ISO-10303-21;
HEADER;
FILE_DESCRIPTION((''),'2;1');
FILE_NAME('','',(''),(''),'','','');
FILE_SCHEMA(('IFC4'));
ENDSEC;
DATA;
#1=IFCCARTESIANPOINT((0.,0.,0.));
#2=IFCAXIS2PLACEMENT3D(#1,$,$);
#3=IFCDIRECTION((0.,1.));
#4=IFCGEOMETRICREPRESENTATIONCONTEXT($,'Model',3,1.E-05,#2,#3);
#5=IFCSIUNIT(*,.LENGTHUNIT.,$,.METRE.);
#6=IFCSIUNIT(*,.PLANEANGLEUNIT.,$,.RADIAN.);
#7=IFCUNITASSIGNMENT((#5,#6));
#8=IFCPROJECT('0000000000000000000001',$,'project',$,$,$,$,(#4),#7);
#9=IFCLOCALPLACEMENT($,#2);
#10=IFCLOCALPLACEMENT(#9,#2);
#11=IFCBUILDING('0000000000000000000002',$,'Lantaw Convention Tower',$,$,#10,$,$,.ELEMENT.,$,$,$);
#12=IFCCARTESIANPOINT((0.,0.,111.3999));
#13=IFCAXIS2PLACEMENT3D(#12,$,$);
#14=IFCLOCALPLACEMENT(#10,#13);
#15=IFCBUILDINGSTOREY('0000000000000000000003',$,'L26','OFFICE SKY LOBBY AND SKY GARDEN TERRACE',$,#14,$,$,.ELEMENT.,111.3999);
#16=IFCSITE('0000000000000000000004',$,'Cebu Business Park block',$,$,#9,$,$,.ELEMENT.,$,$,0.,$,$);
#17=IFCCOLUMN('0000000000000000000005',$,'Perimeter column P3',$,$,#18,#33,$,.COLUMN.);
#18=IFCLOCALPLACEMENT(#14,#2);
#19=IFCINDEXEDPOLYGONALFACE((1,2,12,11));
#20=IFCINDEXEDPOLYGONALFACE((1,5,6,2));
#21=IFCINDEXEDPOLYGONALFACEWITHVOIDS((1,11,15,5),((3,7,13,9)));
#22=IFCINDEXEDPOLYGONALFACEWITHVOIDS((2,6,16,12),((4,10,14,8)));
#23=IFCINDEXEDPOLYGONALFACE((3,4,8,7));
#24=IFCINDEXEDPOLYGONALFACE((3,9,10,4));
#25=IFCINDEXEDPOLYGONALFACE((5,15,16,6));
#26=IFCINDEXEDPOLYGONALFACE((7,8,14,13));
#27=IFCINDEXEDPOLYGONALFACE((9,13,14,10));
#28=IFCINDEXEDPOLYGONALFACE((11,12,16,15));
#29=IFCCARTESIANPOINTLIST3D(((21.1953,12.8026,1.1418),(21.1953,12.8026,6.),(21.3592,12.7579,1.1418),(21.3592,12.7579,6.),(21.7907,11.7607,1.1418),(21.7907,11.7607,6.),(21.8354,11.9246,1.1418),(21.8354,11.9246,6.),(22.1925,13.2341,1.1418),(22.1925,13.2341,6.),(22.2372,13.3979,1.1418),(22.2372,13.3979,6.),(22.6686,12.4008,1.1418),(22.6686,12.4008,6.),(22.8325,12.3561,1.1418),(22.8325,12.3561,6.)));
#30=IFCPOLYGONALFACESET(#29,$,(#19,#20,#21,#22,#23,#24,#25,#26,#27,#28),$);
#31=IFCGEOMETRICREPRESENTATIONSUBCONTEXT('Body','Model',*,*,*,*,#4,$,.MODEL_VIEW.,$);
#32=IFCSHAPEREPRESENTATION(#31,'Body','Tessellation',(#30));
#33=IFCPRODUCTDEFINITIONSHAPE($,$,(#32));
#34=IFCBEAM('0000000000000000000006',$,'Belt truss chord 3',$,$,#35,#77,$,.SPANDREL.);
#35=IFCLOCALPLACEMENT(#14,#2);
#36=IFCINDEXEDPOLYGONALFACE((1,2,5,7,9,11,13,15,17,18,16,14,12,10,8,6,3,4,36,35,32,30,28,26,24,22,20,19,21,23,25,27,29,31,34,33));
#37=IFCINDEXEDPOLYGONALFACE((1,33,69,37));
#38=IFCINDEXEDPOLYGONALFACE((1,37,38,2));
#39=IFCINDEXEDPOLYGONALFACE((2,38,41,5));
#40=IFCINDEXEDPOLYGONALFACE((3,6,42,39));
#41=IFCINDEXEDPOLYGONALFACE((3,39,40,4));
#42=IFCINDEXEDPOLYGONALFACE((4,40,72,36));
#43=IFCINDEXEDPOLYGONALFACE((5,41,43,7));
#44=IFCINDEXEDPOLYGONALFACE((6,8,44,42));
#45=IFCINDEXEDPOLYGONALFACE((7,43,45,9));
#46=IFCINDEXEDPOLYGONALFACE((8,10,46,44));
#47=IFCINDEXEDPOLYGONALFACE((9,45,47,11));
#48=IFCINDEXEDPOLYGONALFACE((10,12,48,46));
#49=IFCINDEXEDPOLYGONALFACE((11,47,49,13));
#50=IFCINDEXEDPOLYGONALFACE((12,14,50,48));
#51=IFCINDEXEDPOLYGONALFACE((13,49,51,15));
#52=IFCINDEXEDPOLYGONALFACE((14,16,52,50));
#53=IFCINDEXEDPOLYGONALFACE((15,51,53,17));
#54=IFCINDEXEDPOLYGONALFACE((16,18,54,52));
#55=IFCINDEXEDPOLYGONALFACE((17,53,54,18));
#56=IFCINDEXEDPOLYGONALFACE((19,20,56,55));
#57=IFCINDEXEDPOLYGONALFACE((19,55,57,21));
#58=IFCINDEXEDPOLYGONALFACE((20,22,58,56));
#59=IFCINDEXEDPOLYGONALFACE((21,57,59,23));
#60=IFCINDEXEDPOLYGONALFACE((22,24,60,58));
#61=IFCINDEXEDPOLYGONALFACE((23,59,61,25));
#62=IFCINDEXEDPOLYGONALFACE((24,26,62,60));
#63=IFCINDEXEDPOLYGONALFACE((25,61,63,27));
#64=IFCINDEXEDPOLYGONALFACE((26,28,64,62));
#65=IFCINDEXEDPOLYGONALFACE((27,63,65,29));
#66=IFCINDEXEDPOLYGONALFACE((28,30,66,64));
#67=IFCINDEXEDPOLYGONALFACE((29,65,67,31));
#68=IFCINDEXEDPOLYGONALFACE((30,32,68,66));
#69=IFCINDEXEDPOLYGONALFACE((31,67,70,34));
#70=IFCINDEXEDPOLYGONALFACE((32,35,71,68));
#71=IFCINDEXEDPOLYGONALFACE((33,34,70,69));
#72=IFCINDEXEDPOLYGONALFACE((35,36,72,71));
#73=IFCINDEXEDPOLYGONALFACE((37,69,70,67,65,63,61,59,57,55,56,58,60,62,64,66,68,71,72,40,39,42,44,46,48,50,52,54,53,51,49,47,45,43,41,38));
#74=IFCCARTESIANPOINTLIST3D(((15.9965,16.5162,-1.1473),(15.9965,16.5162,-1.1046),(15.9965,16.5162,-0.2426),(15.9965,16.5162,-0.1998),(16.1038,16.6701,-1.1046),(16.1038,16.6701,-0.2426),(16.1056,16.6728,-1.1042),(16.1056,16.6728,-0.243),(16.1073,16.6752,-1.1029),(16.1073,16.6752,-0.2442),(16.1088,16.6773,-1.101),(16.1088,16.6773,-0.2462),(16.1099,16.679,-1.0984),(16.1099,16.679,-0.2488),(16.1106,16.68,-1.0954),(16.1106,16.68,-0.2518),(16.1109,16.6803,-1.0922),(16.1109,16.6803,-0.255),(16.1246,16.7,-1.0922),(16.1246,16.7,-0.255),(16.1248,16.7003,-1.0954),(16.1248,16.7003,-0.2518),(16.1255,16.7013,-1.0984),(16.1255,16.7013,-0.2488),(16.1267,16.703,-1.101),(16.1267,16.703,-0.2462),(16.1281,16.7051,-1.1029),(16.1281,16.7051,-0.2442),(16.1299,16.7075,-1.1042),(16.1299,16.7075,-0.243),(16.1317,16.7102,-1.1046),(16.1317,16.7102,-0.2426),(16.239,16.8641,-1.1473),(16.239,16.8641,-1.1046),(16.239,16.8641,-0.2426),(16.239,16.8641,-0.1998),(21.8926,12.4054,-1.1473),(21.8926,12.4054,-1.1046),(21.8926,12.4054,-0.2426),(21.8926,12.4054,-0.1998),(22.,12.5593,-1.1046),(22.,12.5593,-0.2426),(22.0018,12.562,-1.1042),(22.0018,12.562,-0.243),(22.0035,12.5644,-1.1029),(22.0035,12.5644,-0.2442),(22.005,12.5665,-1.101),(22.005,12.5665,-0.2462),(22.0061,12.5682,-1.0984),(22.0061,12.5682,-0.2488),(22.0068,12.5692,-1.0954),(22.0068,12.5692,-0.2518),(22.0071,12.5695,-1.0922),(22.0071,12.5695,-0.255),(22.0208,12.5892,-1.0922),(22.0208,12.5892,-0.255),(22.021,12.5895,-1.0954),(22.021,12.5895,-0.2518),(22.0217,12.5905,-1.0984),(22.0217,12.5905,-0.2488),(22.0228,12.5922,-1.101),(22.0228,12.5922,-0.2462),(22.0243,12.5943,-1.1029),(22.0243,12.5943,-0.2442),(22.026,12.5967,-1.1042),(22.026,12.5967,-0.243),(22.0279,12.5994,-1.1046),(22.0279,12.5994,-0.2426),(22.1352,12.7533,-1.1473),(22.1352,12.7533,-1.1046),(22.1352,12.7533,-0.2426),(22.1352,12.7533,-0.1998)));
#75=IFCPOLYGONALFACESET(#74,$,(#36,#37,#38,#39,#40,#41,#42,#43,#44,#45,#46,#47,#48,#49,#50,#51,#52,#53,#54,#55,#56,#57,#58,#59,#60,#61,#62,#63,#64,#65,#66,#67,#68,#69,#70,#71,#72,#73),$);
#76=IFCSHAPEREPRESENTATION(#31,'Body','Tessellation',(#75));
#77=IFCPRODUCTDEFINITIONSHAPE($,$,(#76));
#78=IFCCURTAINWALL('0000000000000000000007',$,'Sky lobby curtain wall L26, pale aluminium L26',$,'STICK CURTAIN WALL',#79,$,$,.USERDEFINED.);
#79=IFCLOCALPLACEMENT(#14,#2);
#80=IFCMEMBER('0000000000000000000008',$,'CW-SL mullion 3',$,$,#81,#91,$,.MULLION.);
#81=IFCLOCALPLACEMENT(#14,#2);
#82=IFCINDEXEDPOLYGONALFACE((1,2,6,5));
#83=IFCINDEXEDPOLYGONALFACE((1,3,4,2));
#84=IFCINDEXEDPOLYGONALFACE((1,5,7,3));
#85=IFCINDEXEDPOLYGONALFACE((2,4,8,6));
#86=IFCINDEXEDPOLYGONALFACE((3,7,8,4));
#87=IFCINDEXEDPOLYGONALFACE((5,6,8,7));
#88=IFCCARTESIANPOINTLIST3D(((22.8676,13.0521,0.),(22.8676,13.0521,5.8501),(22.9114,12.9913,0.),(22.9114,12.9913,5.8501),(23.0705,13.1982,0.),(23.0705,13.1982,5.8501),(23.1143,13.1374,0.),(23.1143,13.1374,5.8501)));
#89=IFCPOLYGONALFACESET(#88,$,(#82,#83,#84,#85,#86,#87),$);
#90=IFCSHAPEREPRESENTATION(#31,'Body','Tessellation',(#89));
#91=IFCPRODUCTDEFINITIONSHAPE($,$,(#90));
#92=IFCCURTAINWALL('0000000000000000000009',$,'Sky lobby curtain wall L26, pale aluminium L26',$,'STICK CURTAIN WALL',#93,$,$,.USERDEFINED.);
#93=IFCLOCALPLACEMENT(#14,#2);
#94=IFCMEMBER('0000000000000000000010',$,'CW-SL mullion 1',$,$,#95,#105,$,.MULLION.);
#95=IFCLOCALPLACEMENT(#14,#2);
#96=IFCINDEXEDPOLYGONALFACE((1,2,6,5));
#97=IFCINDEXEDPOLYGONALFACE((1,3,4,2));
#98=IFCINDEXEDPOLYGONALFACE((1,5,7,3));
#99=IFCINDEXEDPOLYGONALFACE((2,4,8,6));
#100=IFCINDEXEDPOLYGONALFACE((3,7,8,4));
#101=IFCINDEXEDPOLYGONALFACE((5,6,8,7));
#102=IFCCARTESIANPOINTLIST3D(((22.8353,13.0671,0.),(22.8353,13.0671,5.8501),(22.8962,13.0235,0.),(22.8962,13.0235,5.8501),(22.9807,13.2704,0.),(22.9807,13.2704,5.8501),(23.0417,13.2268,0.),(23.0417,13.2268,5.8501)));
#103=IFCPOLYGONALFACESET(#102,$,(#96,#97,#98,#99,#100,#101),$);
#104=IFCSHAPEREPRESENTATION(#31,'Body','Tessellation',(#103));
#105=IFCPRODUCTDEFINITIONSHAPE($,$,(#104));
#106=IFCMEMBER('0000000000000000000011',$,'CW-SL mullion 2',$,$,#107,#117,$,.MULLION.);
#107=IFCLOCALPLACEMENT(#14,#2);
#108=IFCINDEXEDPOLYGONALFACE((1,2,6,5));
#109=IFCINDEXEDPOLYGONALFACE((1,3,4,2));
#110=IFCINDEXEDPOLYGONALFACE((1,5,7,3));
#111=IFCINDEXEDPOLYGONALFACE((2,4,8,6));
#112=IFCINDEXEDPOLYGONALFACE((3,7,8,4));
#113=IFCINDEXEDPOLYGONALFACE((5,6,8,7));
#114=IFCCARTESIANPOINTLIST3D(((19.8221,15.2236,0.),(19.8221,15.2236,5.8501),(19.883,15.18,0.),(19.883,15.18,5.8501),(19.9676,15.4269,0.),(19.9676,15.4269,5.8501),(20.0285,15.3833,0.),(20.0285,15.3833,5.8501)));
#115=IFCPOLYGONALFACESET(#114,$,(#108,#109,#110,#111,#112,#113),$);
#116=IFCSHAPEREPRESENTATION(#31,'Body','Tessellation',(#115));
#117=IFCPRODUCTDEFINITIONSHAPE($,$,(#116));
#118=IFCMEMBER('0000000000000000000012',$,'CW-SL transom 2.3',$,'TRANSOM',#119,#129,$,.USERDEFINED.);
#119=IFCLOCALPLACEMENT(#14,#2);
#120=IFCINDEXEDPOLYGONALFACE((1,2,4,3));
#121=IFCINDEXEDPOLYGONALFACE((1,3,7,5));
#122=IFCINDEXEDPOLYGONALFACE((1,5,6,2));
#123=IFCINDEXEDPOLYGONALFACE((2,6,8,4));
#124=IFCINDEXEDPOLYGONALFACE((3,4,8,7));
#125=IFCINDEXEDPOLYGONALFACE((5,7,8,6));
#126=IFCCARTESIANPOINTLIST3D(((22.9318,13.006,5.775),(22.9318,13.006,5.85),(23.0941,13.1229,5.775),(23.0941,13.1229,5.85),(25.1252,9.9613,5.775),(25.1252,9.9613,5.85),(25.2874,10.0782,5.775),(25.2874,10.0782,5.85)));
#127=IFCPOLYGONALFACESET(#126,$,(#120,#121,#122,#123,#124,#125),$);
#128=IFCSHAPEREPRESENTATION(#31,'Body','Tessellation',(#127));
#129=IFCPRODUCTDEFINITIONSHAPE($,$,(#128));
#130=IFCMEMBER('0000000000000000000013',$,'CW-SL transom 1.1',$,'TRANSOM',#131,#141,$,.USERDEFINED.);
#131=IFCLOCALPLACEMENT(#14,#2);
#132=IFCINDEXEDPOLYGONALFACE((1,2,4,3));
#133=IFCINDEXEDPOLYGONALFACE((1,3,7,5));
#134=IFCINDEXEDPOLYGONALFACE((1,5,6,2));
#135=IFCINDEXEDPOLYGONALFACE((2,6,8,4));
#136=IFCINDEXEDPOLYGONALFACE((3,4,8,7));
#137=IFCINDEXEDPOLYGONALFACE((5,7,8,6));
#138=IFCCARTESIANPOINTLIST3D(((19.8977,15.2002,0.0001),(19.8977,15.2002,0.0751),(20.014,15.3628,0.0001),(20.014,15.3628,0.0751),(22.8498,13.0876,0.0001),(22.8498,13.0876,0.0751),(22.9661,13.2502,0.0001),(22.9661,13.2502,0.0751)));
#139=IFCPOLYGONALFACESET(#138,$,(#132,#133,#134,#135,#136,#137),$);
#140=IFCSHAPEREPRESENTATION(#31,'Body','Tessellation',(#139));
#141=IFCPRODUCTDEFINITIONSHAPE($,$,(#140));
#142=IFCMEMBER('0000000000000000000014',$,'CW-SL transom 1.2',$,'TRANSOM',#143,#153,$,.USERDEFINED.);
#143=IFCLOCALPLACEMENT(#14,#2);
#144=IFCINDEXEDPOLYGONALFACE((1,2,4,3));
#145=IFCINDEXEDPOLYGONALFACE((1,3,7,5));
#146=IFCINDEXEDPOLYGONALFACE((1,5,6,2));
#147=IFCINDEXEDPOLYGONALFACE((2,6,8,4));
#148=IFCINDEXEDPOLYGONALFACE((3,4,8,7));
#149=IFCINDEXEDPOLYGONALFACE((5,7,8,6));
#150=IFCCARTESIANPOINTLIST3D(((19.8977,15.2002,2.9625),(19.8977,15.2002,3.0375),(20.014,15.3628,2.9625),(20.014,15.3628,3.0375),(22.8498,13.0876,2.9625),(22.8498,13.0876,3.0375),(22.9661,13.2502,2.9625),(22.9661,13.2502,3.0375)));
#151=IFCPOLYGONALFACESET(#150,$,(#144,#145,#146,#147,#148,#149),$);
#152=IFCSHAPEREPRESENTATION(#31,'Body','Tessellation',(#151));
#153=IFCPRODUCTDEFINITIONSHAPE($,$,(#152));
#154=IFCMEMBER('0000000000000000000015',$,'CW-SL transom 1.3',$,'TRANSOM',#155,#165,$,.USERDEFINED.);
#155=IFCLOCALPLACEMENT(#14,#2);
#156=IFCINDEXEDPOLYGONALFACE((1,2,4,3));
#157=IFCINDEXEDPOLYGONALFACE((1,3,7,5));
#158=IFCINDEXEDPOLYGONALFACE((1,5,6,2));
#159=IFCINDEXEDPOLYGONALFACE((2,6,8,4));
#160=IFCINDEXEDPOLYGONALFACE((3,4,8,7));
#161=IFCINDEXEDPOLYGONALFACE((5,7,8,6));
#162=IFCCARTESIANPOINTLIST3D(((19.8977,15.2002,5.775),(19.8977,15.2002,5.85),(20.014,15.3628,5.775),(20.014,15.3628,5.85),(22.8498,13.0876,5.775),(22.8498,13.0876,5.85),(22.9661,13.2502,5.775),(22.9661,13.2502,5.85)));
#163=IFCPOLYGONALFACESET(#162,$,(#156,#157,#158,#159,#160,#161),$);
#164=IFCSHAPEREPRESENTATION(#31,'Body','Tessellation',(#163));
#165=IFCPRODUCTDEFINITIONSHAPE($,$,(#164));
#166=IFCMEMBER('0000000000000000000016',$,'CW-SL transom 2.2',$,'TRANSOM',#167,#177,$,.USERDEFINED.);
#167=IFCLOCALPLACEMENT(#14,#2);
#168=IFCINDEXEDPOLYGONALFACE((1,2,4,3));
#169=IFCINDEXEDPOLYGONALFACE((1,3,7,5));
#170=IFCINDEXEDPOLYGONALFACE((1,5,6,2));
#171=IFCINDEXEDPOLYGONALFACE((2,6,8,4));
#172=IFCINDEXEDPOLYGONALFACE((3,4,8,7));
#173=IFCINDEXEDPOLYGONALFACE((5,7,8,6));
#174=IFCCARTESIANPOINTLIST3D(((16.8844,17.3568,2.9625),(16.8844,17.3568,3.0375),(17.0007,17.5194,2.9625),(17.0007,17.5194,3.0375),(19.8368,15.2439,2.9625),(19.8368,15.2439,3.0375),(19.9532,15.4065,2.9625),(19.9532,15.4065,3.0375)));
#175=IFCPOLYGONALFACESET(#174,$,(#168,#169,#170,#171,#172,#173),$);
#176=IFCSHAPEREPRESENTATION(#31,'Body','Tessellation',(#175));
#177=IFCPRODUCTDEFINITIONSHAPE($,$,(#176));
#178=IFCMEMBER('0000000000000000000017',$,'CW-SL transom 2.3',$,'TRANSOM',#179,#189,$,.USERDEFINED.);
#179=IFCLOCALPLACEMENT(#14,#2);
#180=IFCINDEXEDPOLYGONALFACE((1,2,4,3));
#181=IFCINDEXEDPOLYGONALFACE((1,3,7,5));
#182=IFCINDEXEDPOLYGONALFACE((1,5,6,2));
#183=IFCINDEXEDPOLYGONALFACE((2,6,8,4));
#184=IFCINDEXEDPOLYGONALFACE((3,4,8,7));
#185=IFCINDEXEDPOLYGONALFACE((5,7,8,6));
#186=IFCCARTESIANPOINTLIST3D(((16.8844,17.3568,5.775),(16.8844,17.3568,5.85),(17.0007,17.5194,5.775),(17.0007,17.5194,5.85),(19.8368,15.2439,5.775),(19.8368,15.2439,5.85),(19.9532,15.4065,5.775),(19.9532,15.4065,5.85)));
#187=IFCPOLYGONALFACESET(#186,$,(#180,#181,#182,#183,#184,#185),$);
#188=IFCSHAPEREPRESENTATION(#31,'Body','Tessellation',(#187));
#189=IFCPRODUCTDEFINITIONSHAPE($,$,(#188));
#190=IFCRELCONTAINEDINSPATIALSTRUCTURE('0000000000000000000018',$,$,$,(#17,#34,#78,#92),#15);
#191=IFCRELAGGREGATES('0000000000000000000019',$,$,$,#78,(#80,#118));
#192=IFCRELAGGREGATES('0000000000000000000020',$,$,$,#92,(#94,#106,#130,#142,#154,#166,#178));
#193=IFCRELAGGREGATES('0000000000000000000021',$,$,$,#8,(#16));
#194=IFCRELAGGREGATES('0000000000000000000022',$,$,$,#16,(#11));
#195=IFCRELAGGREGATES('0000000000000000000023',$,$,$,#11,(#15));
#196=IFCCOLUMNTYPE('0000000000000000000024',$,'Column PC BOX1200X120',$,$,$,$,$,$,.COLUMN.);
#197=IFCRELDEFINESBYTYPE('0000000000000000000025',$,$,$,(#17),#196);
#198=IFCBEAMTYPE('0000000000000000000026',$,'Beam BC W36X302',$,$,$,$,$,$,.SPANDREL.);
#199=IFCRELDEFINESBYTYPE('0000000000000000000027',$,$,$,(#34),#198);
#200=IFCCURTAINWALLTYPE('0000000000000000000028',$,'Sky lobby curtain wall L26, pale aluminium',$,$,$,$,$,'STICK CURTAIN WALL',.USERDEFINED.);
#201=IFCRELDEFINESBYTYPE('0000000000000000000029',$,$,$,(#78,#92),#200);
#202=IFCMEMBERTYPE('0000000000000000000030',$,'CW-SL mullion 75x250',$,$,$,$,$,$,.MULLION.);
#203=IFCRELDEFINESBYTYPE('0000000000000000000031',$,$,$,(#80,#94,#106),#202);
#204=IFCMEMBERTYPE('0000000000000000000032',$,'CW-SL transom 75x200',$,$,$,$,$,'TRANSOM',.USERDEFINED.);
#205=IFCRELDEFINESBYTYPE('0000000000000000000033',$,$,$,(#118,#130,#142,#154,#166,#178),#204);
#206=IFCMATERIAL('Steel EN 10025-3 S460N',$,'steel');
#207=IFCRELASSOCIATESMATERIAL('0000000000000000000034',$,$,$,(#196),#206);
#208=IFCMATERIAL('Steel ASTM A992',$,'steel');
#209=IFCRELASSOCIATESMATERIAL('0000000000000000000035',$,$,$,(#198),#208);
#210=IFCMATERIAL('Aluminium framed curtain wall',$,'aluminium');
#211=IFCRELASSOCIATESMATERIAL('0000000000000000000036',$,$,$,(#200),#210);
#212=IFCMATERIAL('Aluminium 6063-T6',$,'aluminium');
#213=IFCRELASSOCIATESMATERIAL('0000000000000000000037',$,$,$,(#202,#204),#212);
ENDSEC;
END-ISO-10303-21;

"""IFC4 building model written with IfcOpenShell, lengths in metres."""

from ifc_helpers import new_model, si_unit, direction, frame, origin, origin_2d, place, context, subcontext, project, spatial, rectangle, hollow_rectangle, i_section, extrude, material, material_profile, profile_set, type_object, element, aggregate, save


model = new_model("IFC4")

# Units and contexts
model_context = context("Model", 3, precision=1e-05, world=origin(), true_north=direction((0.0, 1.0)))
body_context = subcontext(model_context, "Body", "Model", "MODEL_VIEW")
ifc_project = project(units=[si_unit("LENGTHUNIT", "METRE"), si_unit("PLANEANGLEUNIT", "RADIAN")], contexts=[model_context])

# Site, building, storey
site_placement = place(None, origin())
site = spatial("IfcSite", under=ifc_project, at=site_placement, Name="Cebu Business Park block", CompositionType="ELEMENT", RefElevation=0.0)
building_placement = place(site_placement, origin())
building = spatial("IfcBuilding", under=site, at=building_placement, Name="Lantaw Convention Tower", CompositionType="ELEMENT")
storey_placement = place(building_placement, frame((0.0, 0.0, 111.3999)))
storey = spatial("IfcBuildingStorey", under=building, at=storey_placement, Name="L26", Description="OFFICE SKY LOBBY AND SKY GARDEN TERRACE", CompositionType="ELEMENT", Elevation=111.3999)

# Column
ifc_material_1 = material(Name="Steel EN 10025-3 S460N", Category="steel")
ifc_material_profile_1 = material_profile(ifc_material_1, hollow_rectangle(XDim=1.2, YDim=1.2, WallThickness=0.1201, at=origin_2d()), Name="BOX1200X120")
ifc_material_2 = material(Name="Concrete C60/75", Category="concrete")
ifc_material_profile_2 = material_profile(ifc_material_2, rectangle(XDim=0.96, YDim=0.96, at=origin_2d()), Name="Concrete fill of BOX1200X120")
ifc_profile_set_1 = profile_set([ifc_material_profile_1, ifc_material_profile_2], Name="Steel EN 10025-3 S460N")
column_type = type_object("IfcColumnType", Name="Column PC BOX1200X120", PredefinedType="COLUMN", material=ifc_profile_set_1)
column_placement = place(storey_placement, frame((22.0139, 12.5793, 1.1418), z_axis=(0.0, 0.0, 1.0), x_axis=(0.868243, 0.496139, 0.0)))
element("IfcColumn", 1, at=column_placement, inside=storey, type_object=column_type, Name="Perimeter column P3", PredefinedType="COLUMN", context=body_context, shape_type="SweptSolid", body=[
    extrude(hollow_rectangle(XDim=1.2, YDim=1.2, WallThickness=0.1201, at=origin_2d()), origin(), (0.0, 0.0, 1.0), 4.8582),
])

# Beam
ifc_material_3 = material(Name="Steel ASTM A992", Category="steel")
ifc_material_profile_3 = material_profile(ifc_material_3, i_section(OverallWidth=0.4241, OverallDepth=0.9475, WebThickness=0.0239, FlangeThickness=0.0427, FilletRadius=0.0125, at=origin_2d()), Name="W36X302")
ifc_profile_set_2 = profile_set([ifc_material_profile_3], Name="Steel ASTM A992")
beam_type = type_object("IfcBeamType", Name="Beam BC W36X302", PredefinedType="SPANDREL", material=ifc_profile_set_2)
beam_placement = place(storey_placement, frame((22.0139, 12.5793, -0.6736), z_axis=(-0.820311, 0.571918, 0.0), x_axis=(-0.571918, -0.820311, 0.0)))
element("IfcBeam", 2, at=beam_placement, inside=storey, type_object=beam_type, Name="Belt truss chord 3", PredefinedType="SPANDREL", context=body_context, shape_type="SweptSolid", body=[
    extrude(i_section(OverallWidth=0.4241, OverallDepth=0.9475, WebThickness=0.0239, FlangeThickness=0.0427, FilletRadius=0.0125, at=origin_2d()), origin(), (0.0, 0.0, 1.0), 7.1877),
])

# Curtain wall, member
ifc_material_4 = material(Name="Aluminium framed curtain wall", Category="aluminium")
curtain_wall_type = type_object("IfcCurtainWallType", Name="Sky lobby curtain wall L26, pale aluminium", ElementType="STICK CURTAIN WALL", PredefinedType="USERDEFINED", material=ifc_material_4)
curtain_wall_1_placement = place(storey_placement, origin())
curtain_wall_1 = element("IfcCurtainWall", 3, at=curtain_wall_1_placement, inside=storey, type_object=curtain_wall_type, Name="Sky lobby curtain wall L26, pale aluminium L26", ObjectType="STICK CURTAIN WALL", PredefinedType="USERDEFINED")
ifc_material_5 = material(Name="Aluminium 6063-T6", Category="aluminium")
ifc_material_profile_4 = material_profile(ifc_material_5, rectangle(XDim=0.25, YDim=0.075, at=origin_2d()), Name="CW-SL mullion 75x250")
ifc_profile_set_3 = profile_set([ifc_material_profile_4], Name="Aluminium 6063-T6")
member_type_1 = type_object("IfcMemberType", Name="CW-SL mullion 75x250", PredefinedType="MULLION", material=ifc_profile_set_3)
member_1_placement = place(storey_placement, frame((22.991, 13.0947, 0.0), z_axis=(0.0, 0.0, 1.0), x_axis=(-0.811385, -0.584513, 0.0)))
member_1 = element("IfcMember", 4, at=member_1_placement, type_object=member_type_1, Name="CW-SL mullion 3", PredefinedType="MULLION", context=body_context, shape_type="SweptSolid", body=[
    extrude(rectangle(XDim=0.25, YDim=0.075, at=origin_2d()), origin(), (0.0, 0.0, 1.0), 5.8501),
])

# Curtain wall, members
curtain_wall_2_placement = place(storey_placement, origin())
curtain_wall_2 = element("IfcCurtainWall", 5, at=curtain_wall_2_placement, inside=storey, type_object=curtain_wall_type, Name="Sky lobby curtain wall L26, pale aluminium L26", ObjectType="STICK CURTAIN WALL", PredefinedType="USERDEFINED")
member_2_placement = place(storey_placement, frame((22.9385, 13.147, 0.0), z_axis=(0.0, 0.0, 1.0), x_axis=(-0.581973, -0.813208, 0.0)))
member_2 = element("IfcMember", 6, at=member_2_placement, type_object=member_type_1, Name="CW-SL mullion 1", PredefinedType="MULLION", context=body_context, shape_type="SweptSolid", body=[
    extrude(rectangle(XDim=0.25, YDim=0.075, at=origin_2d()), origin(), (0.0, 0.0, 1.0), 5.8501),
])
member_3_placement = place(storey_placement, frame((19.9253, 15.3035, 0.0), z_axis=(0.0, 0.0, 1.0), x_axis=(-0.581973, -0.813208, 0.0)))
member_3 = element("IfcMember", 7, at=member_3_placement, type_object=member_type_1, Name="CW-SL mullion 2", PredefinedType="MULLION", context=body_context, shape_type="SweptSolid", body=[
    extrude(rectangle(XDim=0.25, YDim=0.075, at=origin_2d()), origin(), (0.0, 0.0, 1.0), 5.8501),
])

# Members
ifc_material_profile_5 = material_profile(ifc_material_5, rectangle(XDim=0.2, YDim=0.075, at=origin_2d()), Name="CW-SL transom 75x200")
ifc_profile_set_4 = profile_set([ifc_material_profile_5], Name="Aluminium 6063-T6")
member_type_2 = type_object("IfcMemberType", Name="CW-SL transom 75x200", ElementType="TRANSOM", PredefinedType="USERDEFINED", material=ifc_profile_set_4)
member_4_placement = place(storey_placement, frame((25.2063, 10.0198, 5.8125), z_axis=(-0.584514, 0.811384, 0.0), x_axis=(-0.811384, -0.584514, 0.0)))
member_4 = element("IfcMember", 8, at=member_4_placement, type_object=member_type_2, Name="CW-SL transom 2.3", ObjectType="TRANSOM", PredefinedType="USERDEFINED", context=body_context, shape_type="SweptSolid", body=[
    extrude(rectangle(XDim=0.2, YDim=0.075, at=origin_2d()), origin(), (0.0, 0.0, 1.0), 3.7524),
])
member_5_placement = place(storey_placement, frame((22.908, 13.1689, 0.0376), z_axis=(-0.813229, 0.581944, 0.0), x_axis=(-0.581944, -0.813229, 0.0)))
member_5 = element("IfcMember", 9, at=member_5_placement, type_object=member_type_2, Name="CW-SL transom 1.1", ObjectType="TRANSOM", PredefinedType="USERDEFINED", context=body_context, shape_type="SweptSolid", body=[
    extrude(rectangle(XDim=0.2, YDim=0.075, at=origin_2d()), origin(), (0.0, 0.0, 1.0), 3.6301),
])
member_6_placement = place(storey_placement, frame((22.908, 13.1689, 3.0), z_axis=(-0.813229, 0.581944, 0.0), x_axis=(-0.581944, -0.813229, 0.0)))
member_6 = element("IfcMember", 10, at=member_6_placement, type_object=member_type_2, Name="CW-SL transom 1.2", ObjectType="TRANSOM", PredefinedType="USERDEFINED", context=body_context, shape_type="SweptSolid", body=[
    extrude(rectangle(XDim=0.2, YDim=0.075, at=origin_2d()), origin(), (0.0, 0.0, 1.0), 3.6301),
])
member_7_placement = place(storey_placement, frame((22.908, 13.1689, 5.8125), z_axis=(-0.813229, 0.581944, 0.0), x_axis=(-0.581944, -0.813229, 0.0)))
member_7 = element("IfcMember", 11, at=member_7_placement, type_object=member_type_2, Name="CW-SL transom 1.3", ObjectType="TRANSOM", PredefinedType="USERDEFINED", context=body_context, shape_type="SweptSolid", body=[
    extrude(rectangle(XDim=0.2, YDim=0.075, at=origin_2d()), origin(), (0.0, 0.0, 1.0), 3.6301),
])
member_8_placement = place(storey_placement, frame((19.895, 15.3252, 3.0), z_axis=(-0.81322, 0.581957, 0.0), x_axis=(-0.581957, -0.81322, 0.0)))
member_8 = element("IfcMember", 12, at=member_8_placement, type_object=member_type_2, Name="CW-SL transom 2.2", ObjectType="TRANSOM", PredefinedType="USERDEFINED", context=body_context, shape_type="SweptSolid", body=[
    extrude(rectangle(XDim=0.2, YDim=0.075, at=origin_2d()), origin(), (0.0, 0.0, 1.0), 3.6306),
])
member_9_placement = place(storey_placement, frame((19.895, 15.3252, 5.8125), z_axis=(-0.81322, 0.581957, 0.0), x_axis=(-0.581957, -0.81322, 0.0)))
member_9 = element("IfcMember", 13, at=member_9_placement, type_object=member_type_2, Name="CW-SL transom 2.3", ObjectType="TRANSOM", PredefinedType="USERDEFINED", context=body_context, shape_type="SweptSolid", body=[
    extrude(rectangle(XDim=0.2, YDim=0.075, at=origin_2d()), origin(), (0.0, 0.0, 1.0), 3.6306),
])

aggregate(curtain_wall_1, [member_1, member_4])
aggregate(curtain_wall_2, [member_2, member_3, member_5, member_6, member_7, member_8, member_9])

save(model, "model.ifc")
